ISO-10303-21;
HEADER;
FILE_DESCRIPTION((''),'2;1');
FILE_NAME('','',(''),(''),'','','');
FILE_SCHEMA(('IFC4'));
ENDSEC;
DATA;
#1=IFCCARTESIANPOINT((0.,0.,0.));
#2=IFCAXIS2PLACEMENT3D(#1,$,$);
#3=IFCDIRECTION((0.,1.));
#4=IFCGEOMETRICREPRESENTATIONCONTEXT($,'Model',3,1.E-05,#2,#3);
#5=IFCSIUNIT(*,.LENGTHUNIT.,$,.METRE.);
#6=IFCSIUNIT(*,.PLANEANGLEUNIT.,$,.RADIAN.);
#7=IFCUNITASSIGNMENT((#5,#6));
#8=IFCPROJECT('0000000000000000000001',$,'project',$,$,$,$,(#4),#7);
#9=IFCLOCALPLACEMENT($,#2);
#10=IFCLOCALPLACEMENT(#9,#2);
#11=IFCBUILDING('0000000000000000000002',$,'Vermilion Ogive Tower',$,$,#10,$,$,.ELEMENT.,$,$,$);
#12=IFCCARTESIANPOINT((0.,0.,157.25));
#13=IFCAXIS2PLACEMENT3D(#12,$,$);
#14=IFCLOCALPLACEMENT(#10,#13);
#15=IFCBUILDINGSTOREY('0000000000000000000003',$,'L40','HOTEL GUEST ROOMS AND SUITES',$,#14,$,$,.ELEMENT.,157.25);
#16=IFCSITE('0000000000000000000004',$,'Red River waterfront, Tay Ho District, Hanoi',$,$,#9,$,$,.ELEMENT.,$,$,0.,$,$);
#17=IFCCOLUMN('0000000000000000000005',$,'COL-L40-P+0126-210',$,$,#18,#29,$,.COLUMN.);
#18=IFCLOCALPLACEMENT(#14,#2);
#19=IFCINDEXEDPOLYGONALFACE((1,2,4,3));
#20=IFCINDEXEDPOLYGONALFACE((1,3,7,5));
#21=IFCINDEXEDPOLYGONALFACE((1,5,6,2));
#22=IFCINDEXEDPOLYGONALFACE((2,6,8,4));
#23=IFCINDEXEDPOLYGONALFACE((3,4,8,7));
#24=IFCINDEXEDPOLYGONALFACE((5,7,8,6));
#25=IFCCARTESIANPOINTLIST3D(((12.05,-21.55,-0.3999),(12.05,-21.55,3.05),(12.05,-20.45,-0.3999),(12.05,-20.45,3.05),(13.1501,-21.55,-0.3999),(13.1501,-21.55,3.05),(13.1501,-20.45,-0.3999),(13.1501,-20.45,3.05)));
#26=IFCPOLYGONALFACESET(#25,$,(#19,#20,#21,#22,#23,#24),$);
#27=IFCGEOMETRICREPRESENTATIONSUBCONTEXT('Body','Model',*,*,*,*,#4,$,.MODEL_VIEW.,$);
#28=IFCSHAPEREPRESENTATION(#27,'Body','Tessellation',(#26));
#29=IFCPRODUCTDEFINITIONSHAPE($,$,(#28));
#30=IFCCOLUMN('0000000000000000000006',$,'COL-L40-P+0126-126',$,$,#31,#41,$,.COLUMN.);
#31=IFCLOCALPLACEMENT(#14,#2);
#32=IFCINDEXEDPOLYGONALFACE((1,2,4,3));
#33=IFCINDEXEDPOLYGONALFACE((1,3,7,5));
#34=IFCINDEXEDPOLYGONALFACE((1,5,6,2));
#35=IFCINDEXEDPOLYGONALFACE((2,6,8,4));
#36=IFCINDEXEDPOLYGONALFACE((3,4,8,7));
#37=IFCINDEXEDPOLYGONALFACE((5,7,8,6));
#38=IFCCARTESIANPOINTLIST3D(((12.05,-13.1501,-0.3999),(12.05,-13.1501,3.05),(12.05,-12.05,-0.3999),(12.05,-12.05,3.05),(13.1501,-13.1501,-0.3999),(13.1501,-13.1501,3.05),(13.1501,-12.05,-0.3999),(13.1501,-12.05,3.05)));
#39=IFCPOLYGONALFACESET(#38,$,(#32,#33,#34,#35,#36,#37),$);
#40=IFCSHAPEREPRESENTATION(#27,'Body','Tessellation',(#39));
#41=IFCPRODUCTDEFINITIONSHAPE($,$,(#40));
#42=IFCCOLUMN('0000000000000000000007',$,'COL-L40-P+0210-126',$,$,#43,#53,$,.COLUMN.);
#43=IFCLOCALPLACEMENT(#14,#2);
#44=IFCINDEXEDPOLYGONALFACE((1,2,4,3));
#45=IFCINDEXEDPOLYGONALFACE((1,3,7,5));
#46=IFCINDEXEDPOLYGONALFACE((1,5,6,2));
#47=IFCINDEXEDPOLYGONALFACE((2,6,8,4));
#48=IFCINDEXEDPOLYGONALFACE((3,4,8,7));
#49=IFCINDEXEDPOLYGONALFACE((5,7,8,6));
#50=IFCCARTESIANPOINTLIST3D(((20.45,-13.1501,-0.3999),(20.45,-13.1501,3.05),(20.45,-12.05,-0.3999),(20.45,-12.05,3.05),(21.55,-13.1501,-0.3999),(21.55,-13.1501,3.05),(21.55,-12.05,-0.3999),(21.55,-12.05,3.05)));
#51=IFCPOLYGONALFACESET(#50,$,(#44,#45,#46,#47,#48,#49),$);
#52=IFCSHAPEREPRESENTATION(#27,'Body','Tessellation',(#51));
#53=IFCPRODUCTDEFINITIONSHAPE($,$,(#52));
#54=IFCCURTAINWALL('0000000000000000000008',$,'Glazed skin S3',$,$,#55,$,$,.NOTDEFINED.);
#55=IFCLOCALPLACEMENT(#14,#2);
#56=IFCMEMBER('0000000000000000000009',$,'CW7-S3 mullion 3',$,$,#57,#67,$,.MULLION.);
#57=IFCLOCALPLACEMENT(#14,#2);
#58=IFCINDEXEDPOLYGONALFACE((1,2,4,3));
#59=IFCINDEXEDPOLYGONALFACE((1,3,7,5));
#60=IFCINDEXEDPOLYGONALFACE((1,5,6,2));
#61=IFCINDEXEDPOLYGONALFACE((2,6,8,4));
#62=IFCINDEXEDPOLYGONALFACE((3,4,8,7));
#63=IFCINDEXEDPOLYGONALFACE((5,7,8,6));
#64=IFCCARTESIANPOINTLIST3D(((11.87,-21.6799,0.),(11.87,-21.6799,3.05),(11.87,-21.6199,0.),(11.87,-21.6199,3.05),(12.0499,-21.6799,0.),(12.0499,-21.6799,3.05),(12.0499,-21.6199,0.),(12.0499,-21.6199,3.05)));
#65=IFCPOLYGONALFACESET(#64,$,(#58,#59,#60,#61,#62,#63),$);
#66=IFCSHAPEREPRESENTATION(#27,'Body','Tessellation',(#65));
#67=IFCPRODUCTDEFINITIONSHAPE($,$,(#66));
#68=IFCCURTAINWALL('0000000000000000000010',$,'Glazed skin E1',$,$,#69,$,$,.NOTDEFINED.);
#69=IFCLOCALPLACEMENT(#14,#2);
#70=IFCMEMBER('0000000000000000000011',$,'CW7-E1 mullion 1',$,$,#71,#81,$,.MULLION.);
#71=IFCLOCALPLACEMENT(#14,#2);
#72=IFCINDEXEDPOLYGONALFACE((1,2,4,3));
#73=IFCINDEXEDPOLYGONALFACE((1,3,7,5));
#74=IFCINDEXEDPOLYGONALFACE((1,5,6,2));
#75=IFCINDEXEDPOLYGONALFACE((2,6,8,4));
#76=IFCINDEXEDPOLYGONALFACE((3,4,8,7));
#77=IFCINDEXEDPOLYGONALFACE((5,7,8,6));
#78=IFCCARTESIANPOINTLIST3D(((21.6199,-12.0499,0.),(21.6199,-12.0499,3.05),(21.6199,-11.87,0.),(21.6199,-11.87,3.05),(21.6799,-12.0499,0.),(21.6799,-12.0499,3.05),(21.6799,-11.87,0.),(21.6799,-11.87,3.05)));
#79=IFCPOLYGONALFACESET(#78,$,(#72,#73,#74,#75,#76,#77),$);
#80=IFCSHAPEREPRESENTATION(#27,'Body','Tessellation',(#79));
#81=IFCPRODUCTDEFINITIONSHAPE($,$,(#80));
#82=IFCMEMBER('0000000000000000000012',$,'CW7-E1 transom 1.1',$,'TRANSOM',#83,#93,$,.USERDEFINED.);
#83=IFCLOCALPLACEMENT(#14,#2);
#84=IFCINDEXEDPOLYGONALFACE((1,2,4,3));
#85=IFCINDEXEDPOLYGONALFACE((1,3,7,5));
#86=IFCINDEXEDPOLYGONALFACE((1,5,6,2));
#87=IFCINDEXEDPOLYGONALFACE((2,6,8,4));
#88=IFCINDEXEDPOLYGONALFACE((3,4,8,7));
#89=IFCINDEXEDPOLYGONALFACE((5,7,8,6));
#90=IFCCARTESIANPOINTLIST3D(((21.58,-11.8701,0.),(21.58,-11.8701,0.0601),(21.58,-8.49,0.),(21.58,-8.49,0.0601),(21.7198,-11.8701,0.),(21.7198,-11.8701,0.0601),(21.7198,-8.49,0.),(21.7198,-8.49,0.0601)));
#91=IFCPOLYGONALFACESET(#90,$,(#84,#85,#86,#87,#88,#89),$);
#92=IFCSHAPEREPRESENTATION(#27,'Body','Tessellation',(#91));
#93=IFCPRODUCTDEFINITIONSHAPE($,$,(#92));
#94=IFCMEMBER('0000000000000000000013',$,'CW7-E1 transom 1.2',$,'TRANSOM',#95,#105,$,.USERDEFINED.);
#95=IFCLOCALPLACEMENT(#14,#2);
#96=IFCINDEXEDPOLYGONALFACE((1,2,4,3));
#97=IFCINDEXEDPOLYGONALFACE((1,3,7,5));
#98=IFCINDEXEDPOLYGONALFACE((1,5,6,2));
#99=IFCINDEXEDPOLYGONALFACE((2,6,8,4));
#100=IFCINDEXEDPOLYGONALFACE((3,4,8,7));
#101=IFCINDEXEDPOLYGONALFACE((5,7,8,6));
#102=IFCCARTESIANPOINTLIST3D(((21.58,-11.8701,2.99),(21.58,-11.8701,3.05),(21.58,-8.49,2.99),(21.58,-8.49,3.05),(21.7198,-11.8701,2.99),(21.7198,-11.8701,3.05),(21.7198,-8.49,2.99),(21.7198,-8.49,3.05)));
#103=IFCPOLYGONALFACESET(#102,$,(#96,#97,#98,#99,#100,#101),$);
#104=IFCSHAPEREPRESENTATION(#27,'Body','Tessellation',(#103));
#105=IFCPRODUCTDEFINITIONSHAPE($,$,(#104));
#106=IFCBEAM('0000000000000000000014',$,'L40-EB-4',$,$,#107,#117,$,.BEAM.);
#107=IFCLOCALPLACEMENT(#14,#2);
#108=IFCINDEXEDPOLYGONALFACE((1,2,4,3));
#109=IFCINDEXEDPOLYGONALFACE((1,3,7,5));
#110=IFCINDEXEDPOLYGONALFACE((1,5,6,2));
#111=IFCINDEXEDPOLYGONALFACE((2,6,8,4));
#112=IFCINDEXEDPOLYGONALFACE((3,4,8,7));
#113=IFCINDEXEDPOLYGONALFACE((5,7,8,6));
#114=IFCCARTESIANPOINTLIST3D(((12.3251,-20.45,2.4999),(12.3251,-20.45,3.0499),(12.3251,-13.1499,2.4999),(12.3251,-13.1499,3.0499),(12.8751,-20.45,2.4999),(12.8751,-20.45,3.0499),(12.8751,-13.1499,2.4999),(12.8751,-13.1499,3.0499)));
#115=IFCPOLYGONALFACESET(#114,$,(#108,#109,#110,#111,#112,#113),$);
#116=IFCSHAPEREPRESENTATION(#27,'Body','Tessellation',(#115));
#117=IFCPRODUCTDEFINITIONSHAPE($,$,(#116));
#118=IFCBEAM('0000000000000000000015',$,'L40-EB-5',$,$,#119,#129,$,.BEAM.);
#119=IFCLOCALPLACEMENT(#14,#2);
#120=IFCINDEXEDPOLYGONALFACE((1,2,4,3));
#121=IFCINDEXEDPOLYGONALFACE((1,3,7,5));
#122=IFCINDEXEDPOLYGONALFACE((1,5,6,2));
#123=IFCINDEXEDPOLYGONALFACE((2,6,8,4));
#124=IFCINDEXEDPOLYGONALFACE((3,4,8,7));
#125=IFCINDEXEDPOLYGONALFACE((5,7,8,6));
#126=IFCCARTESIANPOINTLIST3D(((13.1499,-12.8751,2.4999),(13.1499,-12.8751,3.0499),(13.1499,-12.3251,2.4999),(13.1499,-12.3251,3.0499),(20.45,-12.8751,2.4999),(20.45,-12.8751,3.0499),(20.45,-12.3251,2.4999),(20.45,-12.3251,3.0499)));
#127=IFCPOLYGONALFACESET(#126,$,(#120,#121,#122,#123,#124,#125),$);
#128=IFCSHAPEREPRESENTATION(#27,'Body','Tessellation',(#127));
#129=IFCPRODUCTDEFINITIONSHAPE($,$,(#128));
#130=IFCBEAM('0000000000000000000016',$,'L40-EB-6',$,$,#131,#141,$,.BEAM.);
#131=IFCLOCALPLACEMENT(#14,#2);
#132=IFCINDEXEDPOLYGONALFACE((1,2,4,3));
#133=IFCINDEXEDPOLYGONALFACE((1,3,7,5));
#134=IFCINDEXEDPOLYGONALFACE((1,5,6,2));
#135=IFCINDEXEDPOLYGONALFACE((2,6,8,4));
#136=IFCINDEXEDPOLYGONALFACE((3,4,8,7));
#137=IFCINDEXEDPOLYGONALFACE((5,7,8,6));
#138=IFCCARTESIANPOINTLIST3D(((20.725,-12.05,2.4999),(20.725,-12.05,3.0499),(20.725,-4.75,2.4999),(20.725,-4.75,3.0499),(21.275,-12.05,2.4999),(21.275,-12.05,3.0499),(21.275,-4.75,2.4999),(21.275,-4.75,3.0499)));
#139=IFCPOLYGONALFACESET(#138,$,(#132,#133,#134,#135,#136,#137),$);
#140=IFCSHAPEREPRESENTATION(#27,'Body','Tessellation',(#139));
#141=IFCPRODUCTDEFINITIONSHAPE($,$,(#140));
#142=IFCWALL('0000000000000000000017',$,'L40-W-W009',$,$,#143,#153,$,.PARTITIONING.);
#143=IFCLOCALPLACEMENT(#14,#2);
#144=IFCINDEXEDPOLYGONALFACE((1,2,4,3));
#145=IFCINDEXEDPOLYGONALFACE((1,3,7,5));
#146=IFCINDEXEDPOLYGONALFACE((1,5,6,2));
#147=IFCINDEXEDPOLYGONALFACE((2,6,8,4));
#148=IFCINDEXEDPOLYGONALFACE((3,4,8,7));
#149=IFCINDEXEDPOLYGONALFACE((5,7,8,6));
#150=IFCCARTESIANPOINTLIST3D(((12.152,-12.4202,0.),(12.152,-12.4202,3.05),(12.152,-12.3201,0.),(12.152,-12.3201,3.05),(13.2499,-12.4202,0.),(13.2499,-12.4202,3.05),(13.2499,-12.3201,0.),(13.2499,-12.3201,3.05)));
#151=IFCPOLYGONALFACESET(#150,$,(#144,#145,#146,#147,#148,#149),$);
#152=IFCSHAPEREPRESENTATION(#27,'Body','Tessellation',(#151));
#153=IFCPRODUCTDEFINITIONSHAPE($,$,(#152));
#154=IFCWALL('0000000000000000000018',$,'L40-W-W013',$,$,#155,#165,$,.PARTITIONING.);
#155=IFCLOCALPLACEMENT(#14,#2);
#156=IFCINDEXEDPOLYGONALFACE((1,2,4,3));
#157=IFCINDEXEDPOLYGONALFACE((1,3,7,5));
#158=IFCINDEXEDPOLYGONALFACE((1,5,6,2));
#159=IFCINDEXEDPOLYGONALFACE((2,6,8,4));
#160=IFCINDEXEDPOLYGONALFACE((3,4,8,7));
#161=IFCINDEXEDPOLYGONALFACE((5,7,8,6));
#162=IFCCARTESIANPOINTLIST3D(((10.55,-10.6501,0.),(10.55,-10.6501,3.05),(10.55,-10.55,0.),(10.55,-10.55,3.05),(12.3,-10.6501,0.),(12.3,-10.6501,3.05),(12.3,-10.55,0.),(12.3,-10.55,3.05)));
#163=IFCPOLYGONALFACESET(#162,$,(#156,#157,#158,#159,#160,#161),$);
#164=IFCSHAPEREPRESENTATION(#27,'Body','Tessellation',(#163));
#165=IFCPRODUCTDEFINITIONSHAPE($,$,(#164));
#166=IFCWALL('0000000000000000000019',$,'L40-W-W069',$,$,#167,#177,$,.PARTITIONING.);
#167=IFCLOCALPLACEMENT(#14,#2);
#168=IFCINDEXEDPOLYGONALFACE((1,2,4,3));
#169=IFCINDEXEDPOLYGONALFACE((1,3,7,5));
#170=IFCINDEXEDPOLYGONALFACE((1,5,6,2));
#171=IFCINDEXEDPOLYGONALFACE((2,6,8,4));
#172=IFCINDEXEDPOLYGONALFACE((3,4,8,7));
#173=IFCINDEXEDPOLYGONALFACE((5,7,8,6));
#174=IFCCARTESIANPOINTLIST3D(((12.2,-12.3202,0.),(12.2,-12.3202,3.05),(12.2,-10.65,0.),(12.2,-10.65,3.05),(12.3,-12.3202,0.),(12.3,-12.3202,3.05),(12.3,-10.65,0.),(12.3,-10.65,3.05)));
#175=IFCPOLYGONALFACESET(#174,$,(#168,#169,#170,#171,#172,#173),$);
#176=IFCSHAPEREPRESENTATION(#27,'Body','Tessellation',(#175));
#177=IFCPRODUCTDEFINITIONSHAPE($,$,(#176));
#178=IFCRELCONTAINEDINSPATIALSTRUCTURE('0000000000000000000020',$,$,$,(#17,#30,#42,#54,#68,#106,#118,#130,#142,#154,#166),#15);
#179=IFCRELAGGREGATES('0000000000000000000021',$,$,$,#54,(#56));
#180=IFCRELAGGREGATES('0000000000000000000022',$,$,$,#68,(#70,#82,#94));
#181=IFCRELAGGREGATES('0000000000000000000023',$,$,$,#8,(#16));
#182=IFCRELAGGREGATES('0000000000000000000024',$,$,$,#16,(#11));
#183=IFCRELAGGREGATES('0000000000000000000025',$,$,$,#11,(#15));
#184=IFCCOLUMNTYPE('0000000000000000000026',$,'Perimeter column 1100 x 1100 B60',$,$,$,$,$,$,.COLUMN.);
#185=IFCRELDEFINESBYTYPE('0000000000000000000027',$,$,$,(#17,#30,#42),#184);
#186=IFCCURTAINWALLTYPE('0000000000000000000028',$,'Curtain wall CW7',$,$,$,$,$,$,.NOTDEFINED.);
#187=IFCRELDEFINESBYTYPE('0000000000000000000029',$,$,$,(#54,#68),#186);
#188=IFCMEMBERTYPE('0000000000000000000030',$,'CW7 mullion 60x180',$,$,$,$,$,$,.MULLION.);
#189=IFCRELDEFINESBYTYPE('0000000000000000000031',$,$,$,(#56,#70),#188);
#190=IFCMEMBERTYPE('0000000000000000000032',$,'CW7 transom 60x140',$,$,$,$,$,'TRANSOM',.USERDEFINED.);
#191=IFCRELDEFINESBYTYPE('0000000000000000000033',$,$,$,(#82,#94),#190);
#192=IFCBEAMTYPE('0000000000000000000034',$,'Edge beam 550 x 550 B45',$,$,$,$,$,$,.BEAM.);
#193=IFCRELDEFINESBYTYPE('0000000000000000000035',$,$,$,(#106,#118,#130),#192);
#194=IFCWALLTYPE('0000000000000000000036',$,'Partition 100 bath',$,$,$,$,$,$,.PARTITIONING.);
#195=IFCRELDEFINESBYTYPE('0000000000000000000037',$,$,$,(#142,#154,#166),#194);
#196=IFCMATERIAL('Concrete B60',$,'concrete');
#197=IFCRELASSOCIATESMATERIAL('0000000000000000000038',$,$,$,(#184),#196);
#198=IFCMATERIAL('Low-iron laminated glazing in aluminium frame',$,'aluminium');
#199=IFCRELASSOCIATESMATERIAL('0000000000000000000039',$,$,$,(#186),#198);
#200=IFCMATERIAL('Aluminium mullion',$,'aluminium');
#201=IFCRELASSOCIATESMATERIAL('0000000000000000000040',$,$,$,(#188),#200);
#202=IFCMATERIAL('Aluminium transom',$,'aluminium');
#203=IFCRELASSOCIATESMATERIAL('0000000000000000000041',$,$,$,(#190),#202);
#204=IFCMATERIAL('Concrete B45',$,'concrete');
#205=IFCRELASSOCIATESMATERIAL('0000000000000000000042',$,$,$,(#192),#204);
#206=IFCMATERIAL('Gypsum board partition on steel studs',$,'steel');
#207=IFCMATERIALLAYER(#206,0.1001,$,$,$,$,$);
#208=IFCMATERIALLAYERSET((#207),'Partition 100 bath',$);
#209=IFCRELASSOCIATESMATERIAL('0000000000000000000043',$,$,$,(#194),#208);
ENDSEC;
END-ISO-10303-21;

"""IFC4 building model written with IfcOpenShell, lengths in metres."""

from ifc_helpers import new_model, si_unit, direction, frame, frame_2d, origin, origin_2d, place, context, subcontext, project, spatial, rectangle, extrude, material, layer, layer_set, material_profile, profile_set, type_object, element, aggregate, save


model = new_model("IFC4")

# Units and contexts
model_context = context("Model", 3, precision=1e-05, world=origin(), true_north=direction((0.0, 1.0)))
body_context = subcontext(model_context, "Body", "Model", "MODEL_VIEW")
ifc_project = project(units=[si_unit("LENGTHUNIT", "METRE"), si_unit("PLANEANGLEUNIT", "RADIAN")], contexts=[model_context])

# Site, building, storey
site_placement = place(None, origin())
site = spatial("IfcSite", under=ifc_project, at=site_placement, Name="Red River waterfront, Tay Ho District, Hanoi", CompositionType="ELEMENT", RefElevation=0.0)
building_placement = place(site_placement, origin())
building = spatial("IfcBuilding", under=site, at=building_placement, Name="Vermilion Ogive Tower", CompositionType="ELEMENT")
storey_placement = place(building_placement, frame((0.0, 0.0, 157.25)))
storey = spatial("IfcBuildingStorey", under=building, at=storey_placement, Name="L40", Description="HOTEL GUEST ROOMS AND SUITES", CompositionType="ELEMENT", Elevation=157.25)

# Columns
ifc_material_1 = material(Name="Concrete B60", Category="concrete")
ifc_material_profile_1 = material_profile(ifc_material_1, rectangle(XDim=1.1001, YDim=1.1001, at=origin_2d()), Name="1100 x 1100")
ifc_profile_set_1 = profile_set([ifc_material_profile_1], Name="Concrete B60")
column_type = type_object("IfcColumnType", Name="Perimeter column 1100 x 1100 B60", PredefinedType="COLUMN", material=ifc_profile_set_1)
for number, where, z_axis, x_axis, name in (
    (1, (12.6001, -21.0, -0.3999), (0.0, 0.0, 1.0), (1.0, 0.0, 0.0), "COL-L40-P+0126-210"),
    (2, (12.6001, -12.6001, -0.3999), (0.0, 0.0, 1.0), (1.0, 0.0, 0.0), "COL-L40-P+0126-126"),
    (3, (21.0, -12.6001, -0.3999), (0.0, 0.0, 1.0), (1.0, 0.0, 0.0), "COL-L40-P+0210-126"),
):
    element("IfcColumn", number, at=place(storey_placement, frame(where, z_axis=z_axis, x_axis=x_axis)), inside=storey, type_object=column_type, Name=name, PredefinedType="COLUMN", context=body_context, shape_type="SweptSolid", body=[
        extrude(rectangle(XDim=1.1001, YDim=1.1001, at=origin_2d()), origin(), (0.0, 0.0, 1.0), 3.45),
    ])

# Curtain wall, member
ifc_material_2 = material(Name="Low-iron laminated glazing in aluminium frame", Category="aluminium")
curtain_wall_type = type_object("IfcCurtainWallType", Name="Curtain wall CW7", PredefinedType="NOTDEFINED", material=ifc_material_2)
curtain_wall_1_placement = place(storey_placement, origin())
curtain_wall_1 = element("IfcCurtainWall", 4, at=curtain_wall_1_placement, inside=storey, type_object=curtain_wall_type, Name="Glazed skin S3", PredefinedType="NOTDEFINED")
ifc_material_3 = material(Name="Aluminium mullion", Category="aluminium")
ifc_material_profile_2 = material_profile(ifc_material_3, rectangle(XDim=0.0601, YDim=0.1799, at=origin_2d()), Name="AL 60x180")
ifc_profile_set_2 = profile_set([ifc_material_profile_2], Name="Aluminium mullion")
member_type_1 = type_object("IfcMemberType", Name="CW7 mullion 60x180", PredefinedType="MULLION", material=ifc_profile_set_2)
member_1_placement = place(storey_placement, frame((11.96, -21.6499, 0.0), z_axis=(0.0, 0.0, 1.0), x_axis=(0.0, 1.0, 0.0)))
member_1 = element("IfcMember", 5, at=member_1_placement, type_object=member_type_1, Name="CW7-S3 mullion 3", PredefinedType="MULLION", context=body_context, shape_type="SweptSolid", body=[
    extrude(rectangle(XDim=0.0601, YDim=0.1799, at=origin_2d()), origin(), (0.0, 0.0, 1.0), 3.05),
])
aggregate(curtain_wall_1, [member_1])

# Curtain wall, members
curtain_wall_2_placement = place(storey_placement, origin())
curtain_wall_2 = element("IfcCurtainWall", 6, at=curtain_wall_2_placement, inside=storey, type_object=curtain_wall_type, Name="Glazed skin E1", PredefinedType="NOTDEFINED")
member_2_placement = place(storey_placement, frame((21.6499, -11.96, 0.0), z_axis=(0.0, 0.0, 1.0), x_axis=(-1.0, 0.0, 0.0)))
member_2 = element("IfcMember", 7, at=member_2_placement, type_object=member_type_1, Name="CW7-E1 mullion 1", PredefinedType="MULLION", context=body_context, shape_type="SweptSolid", body=[
    extrude(rectangle(XDim=0.0601, YDim=0.1799, at=origin_2d()), origin(), (0.0, 0.0, 1.0), 3.05),
])
ifc_material_4 = material(Name="Aluminium transom", Category="aluminium")
ifc_material_profile_3 = material_profile(ifc_material_4, rectangle(XDim=0.1399, YDim=0.0601, at=origin_2d()), Name="AL 60x140")
ifc_profile_set_3 = profile_set([ifc_material_profile_3], Name="Aluminium transom")
member_type_2 = type_object("IfcMemberType", Name="CW7 transom 60x140", ElementType="TRANSOM", PredefinedType="USERDEFINED", material=ifc_profile_set_3)
member_3_placement = place(storey_placement, frame((21.6499, -11.8701, 0.03), z_axis=(0.0, 1.0, 0.0), x_axis=(-1.0, 0.0, 0.0)))
member_3 = element("IfcMember", 8, at=member_3_placement, type_object=member_type_2, Name="CW7-E1 transom 1.1", ObjectType="TRANSOM", PredefinedType="USERDEFINED", context=body_context, shape_type="SweptSolid", body=[
    extrude(rectangle(XDim=0.1399, YDim=0.0601, at=origin_2d()), origin(), (0.0, 0.0, 1.0), 3.3801),
])
member_4_placement = place(storey_placement, frame((21.6499, -11.8701, 3.02), z_axis=(0.0, 1.0, 0.0), x_axis=(-1.0, 0.0, 0.0)))
member_4 = element("IfcMember", 9, at=member_4_placement, type_object=member_type_2, Name="CW7-E1 transom 1.2", ObjectType="TRANSOM", PredefinedType="USERDEFINED", context=body_context, shape_type="SweptSolid", body=[
    extrude(rectangle(XDim=0.1399, YDim=0.0601, at=origin_2d()), origin(), (0.0, 0.0, 1.0), 3.3801),
])
aggregate(curtain_wall_2, [member_2, member_3, member_4])

# Beams
ifc_material_5 = material(Name="Concrete B45", Category="concrete")
ifc_material_profile_4 = material_profile(ifc_material_5, rectangle(XDim=0.55, YDim=0.55, at=origin_2d()), Name="550 x 550")
ifc_profile_set_4 = profile_set([ifc_material_profile_4], Name="Concrete B45")
beam_type = type_object("IfcBeamType", Name="Edge beam 550 x 550 B45", PredefinedType="BEAM", material=ifc_profile_set_4)
for number, where, z_axis, x_axis, name in (
    (10, (12.6001, -20.45, 2.7749), (0.0, 1.0, 0.0), (-1.0, 0.0, 0.0), "L40-EB-4"),
    (11, (13.1499, -12.6001, 2.7749), (1.0, 0.0, 0.0), (0.0, 1.0, 0.0), "L40-EB-5"),
    (12, (21.0, -12.05, 2.7749), (0.0, 1.0, 0.0), (-1.0, 0.0, 0.0), "L40-EB-6"),
):
    element("IfcBeam", number, at=place(storey_placement, frame(where, z_axis=z_axis, x_axis=x_axis)), inside=storey, type_object=beam_type, Name=name, PredefinedType="BEAM", context=body_context, shape_type="SweptSolid", body=[
        extrude(rectangle(XDim=0.55, YDim=0.55, at=origin_2d()), origin(), (0.0, 0.0, 1.0), 7.3),
    ])

# Walls
ifc_material_6 = material(Name="Gypsum board partition on steel studs", Category="steel")
ifc_layer_1 = layer(ifc_material_6, 0.1001)
ifc_layer_set_1 = layer_set([ifc_layer_1], Name="Partition 100 bath")
wall_type_1 = type_object("IfcWallType", Name="Partition 100 bath", PredefinedType="PARTITIONING", material=ifc_layer_set_1)
wall_1_placement = place(storey_placement, frame((12.1521, -12.3701, 0.0), z_axis=(0.0, 0.0, 1.0), x_axis=(1.0, 0.0, 0.0)))
element("IfcWall", 13, at=wall_1_placement, inside=storey, type_object=wall_type_1, Name="L40-W-W009", PredefinedType="PARTITIONING", context=body_context, shape_type="SweptSolid", body=[
    extrude(rectangle(XDim=1.0979, YDim=0.1001, at=frame_2d((0.5488, 0.0))), origin(), (0.0, 0.0, 1.0), 3.05),
])
wall_2_placement = place(storey_placement, frame((10.55, -10.6001, 0.0), z_axis=(0.0, 0.0, 1.0), x_axis=(1.0, 0.0, 0.0)))
element("IfcWall", 14, at=wall_2_placement, inside=storey, type_object=wall_type_1, Name="L40-W-W013", PredefinedType="PARTITIONING", context=body_context, shape_type="SweptSolid", body=[
    extrude(rectangle(XDim=1.75, YDim=0.1001, at=frame_2d((0.875, 0.0))), origin(), (0.0, 0.0, 1.0), 3.05),
])
wall_3_placement = place(storey_placement, frame((12.25, -12.3201, 0.0), z_axis=(0.0, 0.0, 1.0), x_axis=(0.0, 1.0, 0.0)))
element("IfcWall", 15, at=wall_3_placement, inside=storey, type_object=wall_type_1, Name="L40-W-W069", PredefinedType="PARTITIONING", context=body_context, shape_type="SweptSolid", body=[
    extrude(rectangle(XDim=1.6702, YDim=0.1001, at=frame_2d((0.835, 0.0))), origin(), (0.0, 0.0, 1.0), 3.05),
])

save(model, "model.ifc")
